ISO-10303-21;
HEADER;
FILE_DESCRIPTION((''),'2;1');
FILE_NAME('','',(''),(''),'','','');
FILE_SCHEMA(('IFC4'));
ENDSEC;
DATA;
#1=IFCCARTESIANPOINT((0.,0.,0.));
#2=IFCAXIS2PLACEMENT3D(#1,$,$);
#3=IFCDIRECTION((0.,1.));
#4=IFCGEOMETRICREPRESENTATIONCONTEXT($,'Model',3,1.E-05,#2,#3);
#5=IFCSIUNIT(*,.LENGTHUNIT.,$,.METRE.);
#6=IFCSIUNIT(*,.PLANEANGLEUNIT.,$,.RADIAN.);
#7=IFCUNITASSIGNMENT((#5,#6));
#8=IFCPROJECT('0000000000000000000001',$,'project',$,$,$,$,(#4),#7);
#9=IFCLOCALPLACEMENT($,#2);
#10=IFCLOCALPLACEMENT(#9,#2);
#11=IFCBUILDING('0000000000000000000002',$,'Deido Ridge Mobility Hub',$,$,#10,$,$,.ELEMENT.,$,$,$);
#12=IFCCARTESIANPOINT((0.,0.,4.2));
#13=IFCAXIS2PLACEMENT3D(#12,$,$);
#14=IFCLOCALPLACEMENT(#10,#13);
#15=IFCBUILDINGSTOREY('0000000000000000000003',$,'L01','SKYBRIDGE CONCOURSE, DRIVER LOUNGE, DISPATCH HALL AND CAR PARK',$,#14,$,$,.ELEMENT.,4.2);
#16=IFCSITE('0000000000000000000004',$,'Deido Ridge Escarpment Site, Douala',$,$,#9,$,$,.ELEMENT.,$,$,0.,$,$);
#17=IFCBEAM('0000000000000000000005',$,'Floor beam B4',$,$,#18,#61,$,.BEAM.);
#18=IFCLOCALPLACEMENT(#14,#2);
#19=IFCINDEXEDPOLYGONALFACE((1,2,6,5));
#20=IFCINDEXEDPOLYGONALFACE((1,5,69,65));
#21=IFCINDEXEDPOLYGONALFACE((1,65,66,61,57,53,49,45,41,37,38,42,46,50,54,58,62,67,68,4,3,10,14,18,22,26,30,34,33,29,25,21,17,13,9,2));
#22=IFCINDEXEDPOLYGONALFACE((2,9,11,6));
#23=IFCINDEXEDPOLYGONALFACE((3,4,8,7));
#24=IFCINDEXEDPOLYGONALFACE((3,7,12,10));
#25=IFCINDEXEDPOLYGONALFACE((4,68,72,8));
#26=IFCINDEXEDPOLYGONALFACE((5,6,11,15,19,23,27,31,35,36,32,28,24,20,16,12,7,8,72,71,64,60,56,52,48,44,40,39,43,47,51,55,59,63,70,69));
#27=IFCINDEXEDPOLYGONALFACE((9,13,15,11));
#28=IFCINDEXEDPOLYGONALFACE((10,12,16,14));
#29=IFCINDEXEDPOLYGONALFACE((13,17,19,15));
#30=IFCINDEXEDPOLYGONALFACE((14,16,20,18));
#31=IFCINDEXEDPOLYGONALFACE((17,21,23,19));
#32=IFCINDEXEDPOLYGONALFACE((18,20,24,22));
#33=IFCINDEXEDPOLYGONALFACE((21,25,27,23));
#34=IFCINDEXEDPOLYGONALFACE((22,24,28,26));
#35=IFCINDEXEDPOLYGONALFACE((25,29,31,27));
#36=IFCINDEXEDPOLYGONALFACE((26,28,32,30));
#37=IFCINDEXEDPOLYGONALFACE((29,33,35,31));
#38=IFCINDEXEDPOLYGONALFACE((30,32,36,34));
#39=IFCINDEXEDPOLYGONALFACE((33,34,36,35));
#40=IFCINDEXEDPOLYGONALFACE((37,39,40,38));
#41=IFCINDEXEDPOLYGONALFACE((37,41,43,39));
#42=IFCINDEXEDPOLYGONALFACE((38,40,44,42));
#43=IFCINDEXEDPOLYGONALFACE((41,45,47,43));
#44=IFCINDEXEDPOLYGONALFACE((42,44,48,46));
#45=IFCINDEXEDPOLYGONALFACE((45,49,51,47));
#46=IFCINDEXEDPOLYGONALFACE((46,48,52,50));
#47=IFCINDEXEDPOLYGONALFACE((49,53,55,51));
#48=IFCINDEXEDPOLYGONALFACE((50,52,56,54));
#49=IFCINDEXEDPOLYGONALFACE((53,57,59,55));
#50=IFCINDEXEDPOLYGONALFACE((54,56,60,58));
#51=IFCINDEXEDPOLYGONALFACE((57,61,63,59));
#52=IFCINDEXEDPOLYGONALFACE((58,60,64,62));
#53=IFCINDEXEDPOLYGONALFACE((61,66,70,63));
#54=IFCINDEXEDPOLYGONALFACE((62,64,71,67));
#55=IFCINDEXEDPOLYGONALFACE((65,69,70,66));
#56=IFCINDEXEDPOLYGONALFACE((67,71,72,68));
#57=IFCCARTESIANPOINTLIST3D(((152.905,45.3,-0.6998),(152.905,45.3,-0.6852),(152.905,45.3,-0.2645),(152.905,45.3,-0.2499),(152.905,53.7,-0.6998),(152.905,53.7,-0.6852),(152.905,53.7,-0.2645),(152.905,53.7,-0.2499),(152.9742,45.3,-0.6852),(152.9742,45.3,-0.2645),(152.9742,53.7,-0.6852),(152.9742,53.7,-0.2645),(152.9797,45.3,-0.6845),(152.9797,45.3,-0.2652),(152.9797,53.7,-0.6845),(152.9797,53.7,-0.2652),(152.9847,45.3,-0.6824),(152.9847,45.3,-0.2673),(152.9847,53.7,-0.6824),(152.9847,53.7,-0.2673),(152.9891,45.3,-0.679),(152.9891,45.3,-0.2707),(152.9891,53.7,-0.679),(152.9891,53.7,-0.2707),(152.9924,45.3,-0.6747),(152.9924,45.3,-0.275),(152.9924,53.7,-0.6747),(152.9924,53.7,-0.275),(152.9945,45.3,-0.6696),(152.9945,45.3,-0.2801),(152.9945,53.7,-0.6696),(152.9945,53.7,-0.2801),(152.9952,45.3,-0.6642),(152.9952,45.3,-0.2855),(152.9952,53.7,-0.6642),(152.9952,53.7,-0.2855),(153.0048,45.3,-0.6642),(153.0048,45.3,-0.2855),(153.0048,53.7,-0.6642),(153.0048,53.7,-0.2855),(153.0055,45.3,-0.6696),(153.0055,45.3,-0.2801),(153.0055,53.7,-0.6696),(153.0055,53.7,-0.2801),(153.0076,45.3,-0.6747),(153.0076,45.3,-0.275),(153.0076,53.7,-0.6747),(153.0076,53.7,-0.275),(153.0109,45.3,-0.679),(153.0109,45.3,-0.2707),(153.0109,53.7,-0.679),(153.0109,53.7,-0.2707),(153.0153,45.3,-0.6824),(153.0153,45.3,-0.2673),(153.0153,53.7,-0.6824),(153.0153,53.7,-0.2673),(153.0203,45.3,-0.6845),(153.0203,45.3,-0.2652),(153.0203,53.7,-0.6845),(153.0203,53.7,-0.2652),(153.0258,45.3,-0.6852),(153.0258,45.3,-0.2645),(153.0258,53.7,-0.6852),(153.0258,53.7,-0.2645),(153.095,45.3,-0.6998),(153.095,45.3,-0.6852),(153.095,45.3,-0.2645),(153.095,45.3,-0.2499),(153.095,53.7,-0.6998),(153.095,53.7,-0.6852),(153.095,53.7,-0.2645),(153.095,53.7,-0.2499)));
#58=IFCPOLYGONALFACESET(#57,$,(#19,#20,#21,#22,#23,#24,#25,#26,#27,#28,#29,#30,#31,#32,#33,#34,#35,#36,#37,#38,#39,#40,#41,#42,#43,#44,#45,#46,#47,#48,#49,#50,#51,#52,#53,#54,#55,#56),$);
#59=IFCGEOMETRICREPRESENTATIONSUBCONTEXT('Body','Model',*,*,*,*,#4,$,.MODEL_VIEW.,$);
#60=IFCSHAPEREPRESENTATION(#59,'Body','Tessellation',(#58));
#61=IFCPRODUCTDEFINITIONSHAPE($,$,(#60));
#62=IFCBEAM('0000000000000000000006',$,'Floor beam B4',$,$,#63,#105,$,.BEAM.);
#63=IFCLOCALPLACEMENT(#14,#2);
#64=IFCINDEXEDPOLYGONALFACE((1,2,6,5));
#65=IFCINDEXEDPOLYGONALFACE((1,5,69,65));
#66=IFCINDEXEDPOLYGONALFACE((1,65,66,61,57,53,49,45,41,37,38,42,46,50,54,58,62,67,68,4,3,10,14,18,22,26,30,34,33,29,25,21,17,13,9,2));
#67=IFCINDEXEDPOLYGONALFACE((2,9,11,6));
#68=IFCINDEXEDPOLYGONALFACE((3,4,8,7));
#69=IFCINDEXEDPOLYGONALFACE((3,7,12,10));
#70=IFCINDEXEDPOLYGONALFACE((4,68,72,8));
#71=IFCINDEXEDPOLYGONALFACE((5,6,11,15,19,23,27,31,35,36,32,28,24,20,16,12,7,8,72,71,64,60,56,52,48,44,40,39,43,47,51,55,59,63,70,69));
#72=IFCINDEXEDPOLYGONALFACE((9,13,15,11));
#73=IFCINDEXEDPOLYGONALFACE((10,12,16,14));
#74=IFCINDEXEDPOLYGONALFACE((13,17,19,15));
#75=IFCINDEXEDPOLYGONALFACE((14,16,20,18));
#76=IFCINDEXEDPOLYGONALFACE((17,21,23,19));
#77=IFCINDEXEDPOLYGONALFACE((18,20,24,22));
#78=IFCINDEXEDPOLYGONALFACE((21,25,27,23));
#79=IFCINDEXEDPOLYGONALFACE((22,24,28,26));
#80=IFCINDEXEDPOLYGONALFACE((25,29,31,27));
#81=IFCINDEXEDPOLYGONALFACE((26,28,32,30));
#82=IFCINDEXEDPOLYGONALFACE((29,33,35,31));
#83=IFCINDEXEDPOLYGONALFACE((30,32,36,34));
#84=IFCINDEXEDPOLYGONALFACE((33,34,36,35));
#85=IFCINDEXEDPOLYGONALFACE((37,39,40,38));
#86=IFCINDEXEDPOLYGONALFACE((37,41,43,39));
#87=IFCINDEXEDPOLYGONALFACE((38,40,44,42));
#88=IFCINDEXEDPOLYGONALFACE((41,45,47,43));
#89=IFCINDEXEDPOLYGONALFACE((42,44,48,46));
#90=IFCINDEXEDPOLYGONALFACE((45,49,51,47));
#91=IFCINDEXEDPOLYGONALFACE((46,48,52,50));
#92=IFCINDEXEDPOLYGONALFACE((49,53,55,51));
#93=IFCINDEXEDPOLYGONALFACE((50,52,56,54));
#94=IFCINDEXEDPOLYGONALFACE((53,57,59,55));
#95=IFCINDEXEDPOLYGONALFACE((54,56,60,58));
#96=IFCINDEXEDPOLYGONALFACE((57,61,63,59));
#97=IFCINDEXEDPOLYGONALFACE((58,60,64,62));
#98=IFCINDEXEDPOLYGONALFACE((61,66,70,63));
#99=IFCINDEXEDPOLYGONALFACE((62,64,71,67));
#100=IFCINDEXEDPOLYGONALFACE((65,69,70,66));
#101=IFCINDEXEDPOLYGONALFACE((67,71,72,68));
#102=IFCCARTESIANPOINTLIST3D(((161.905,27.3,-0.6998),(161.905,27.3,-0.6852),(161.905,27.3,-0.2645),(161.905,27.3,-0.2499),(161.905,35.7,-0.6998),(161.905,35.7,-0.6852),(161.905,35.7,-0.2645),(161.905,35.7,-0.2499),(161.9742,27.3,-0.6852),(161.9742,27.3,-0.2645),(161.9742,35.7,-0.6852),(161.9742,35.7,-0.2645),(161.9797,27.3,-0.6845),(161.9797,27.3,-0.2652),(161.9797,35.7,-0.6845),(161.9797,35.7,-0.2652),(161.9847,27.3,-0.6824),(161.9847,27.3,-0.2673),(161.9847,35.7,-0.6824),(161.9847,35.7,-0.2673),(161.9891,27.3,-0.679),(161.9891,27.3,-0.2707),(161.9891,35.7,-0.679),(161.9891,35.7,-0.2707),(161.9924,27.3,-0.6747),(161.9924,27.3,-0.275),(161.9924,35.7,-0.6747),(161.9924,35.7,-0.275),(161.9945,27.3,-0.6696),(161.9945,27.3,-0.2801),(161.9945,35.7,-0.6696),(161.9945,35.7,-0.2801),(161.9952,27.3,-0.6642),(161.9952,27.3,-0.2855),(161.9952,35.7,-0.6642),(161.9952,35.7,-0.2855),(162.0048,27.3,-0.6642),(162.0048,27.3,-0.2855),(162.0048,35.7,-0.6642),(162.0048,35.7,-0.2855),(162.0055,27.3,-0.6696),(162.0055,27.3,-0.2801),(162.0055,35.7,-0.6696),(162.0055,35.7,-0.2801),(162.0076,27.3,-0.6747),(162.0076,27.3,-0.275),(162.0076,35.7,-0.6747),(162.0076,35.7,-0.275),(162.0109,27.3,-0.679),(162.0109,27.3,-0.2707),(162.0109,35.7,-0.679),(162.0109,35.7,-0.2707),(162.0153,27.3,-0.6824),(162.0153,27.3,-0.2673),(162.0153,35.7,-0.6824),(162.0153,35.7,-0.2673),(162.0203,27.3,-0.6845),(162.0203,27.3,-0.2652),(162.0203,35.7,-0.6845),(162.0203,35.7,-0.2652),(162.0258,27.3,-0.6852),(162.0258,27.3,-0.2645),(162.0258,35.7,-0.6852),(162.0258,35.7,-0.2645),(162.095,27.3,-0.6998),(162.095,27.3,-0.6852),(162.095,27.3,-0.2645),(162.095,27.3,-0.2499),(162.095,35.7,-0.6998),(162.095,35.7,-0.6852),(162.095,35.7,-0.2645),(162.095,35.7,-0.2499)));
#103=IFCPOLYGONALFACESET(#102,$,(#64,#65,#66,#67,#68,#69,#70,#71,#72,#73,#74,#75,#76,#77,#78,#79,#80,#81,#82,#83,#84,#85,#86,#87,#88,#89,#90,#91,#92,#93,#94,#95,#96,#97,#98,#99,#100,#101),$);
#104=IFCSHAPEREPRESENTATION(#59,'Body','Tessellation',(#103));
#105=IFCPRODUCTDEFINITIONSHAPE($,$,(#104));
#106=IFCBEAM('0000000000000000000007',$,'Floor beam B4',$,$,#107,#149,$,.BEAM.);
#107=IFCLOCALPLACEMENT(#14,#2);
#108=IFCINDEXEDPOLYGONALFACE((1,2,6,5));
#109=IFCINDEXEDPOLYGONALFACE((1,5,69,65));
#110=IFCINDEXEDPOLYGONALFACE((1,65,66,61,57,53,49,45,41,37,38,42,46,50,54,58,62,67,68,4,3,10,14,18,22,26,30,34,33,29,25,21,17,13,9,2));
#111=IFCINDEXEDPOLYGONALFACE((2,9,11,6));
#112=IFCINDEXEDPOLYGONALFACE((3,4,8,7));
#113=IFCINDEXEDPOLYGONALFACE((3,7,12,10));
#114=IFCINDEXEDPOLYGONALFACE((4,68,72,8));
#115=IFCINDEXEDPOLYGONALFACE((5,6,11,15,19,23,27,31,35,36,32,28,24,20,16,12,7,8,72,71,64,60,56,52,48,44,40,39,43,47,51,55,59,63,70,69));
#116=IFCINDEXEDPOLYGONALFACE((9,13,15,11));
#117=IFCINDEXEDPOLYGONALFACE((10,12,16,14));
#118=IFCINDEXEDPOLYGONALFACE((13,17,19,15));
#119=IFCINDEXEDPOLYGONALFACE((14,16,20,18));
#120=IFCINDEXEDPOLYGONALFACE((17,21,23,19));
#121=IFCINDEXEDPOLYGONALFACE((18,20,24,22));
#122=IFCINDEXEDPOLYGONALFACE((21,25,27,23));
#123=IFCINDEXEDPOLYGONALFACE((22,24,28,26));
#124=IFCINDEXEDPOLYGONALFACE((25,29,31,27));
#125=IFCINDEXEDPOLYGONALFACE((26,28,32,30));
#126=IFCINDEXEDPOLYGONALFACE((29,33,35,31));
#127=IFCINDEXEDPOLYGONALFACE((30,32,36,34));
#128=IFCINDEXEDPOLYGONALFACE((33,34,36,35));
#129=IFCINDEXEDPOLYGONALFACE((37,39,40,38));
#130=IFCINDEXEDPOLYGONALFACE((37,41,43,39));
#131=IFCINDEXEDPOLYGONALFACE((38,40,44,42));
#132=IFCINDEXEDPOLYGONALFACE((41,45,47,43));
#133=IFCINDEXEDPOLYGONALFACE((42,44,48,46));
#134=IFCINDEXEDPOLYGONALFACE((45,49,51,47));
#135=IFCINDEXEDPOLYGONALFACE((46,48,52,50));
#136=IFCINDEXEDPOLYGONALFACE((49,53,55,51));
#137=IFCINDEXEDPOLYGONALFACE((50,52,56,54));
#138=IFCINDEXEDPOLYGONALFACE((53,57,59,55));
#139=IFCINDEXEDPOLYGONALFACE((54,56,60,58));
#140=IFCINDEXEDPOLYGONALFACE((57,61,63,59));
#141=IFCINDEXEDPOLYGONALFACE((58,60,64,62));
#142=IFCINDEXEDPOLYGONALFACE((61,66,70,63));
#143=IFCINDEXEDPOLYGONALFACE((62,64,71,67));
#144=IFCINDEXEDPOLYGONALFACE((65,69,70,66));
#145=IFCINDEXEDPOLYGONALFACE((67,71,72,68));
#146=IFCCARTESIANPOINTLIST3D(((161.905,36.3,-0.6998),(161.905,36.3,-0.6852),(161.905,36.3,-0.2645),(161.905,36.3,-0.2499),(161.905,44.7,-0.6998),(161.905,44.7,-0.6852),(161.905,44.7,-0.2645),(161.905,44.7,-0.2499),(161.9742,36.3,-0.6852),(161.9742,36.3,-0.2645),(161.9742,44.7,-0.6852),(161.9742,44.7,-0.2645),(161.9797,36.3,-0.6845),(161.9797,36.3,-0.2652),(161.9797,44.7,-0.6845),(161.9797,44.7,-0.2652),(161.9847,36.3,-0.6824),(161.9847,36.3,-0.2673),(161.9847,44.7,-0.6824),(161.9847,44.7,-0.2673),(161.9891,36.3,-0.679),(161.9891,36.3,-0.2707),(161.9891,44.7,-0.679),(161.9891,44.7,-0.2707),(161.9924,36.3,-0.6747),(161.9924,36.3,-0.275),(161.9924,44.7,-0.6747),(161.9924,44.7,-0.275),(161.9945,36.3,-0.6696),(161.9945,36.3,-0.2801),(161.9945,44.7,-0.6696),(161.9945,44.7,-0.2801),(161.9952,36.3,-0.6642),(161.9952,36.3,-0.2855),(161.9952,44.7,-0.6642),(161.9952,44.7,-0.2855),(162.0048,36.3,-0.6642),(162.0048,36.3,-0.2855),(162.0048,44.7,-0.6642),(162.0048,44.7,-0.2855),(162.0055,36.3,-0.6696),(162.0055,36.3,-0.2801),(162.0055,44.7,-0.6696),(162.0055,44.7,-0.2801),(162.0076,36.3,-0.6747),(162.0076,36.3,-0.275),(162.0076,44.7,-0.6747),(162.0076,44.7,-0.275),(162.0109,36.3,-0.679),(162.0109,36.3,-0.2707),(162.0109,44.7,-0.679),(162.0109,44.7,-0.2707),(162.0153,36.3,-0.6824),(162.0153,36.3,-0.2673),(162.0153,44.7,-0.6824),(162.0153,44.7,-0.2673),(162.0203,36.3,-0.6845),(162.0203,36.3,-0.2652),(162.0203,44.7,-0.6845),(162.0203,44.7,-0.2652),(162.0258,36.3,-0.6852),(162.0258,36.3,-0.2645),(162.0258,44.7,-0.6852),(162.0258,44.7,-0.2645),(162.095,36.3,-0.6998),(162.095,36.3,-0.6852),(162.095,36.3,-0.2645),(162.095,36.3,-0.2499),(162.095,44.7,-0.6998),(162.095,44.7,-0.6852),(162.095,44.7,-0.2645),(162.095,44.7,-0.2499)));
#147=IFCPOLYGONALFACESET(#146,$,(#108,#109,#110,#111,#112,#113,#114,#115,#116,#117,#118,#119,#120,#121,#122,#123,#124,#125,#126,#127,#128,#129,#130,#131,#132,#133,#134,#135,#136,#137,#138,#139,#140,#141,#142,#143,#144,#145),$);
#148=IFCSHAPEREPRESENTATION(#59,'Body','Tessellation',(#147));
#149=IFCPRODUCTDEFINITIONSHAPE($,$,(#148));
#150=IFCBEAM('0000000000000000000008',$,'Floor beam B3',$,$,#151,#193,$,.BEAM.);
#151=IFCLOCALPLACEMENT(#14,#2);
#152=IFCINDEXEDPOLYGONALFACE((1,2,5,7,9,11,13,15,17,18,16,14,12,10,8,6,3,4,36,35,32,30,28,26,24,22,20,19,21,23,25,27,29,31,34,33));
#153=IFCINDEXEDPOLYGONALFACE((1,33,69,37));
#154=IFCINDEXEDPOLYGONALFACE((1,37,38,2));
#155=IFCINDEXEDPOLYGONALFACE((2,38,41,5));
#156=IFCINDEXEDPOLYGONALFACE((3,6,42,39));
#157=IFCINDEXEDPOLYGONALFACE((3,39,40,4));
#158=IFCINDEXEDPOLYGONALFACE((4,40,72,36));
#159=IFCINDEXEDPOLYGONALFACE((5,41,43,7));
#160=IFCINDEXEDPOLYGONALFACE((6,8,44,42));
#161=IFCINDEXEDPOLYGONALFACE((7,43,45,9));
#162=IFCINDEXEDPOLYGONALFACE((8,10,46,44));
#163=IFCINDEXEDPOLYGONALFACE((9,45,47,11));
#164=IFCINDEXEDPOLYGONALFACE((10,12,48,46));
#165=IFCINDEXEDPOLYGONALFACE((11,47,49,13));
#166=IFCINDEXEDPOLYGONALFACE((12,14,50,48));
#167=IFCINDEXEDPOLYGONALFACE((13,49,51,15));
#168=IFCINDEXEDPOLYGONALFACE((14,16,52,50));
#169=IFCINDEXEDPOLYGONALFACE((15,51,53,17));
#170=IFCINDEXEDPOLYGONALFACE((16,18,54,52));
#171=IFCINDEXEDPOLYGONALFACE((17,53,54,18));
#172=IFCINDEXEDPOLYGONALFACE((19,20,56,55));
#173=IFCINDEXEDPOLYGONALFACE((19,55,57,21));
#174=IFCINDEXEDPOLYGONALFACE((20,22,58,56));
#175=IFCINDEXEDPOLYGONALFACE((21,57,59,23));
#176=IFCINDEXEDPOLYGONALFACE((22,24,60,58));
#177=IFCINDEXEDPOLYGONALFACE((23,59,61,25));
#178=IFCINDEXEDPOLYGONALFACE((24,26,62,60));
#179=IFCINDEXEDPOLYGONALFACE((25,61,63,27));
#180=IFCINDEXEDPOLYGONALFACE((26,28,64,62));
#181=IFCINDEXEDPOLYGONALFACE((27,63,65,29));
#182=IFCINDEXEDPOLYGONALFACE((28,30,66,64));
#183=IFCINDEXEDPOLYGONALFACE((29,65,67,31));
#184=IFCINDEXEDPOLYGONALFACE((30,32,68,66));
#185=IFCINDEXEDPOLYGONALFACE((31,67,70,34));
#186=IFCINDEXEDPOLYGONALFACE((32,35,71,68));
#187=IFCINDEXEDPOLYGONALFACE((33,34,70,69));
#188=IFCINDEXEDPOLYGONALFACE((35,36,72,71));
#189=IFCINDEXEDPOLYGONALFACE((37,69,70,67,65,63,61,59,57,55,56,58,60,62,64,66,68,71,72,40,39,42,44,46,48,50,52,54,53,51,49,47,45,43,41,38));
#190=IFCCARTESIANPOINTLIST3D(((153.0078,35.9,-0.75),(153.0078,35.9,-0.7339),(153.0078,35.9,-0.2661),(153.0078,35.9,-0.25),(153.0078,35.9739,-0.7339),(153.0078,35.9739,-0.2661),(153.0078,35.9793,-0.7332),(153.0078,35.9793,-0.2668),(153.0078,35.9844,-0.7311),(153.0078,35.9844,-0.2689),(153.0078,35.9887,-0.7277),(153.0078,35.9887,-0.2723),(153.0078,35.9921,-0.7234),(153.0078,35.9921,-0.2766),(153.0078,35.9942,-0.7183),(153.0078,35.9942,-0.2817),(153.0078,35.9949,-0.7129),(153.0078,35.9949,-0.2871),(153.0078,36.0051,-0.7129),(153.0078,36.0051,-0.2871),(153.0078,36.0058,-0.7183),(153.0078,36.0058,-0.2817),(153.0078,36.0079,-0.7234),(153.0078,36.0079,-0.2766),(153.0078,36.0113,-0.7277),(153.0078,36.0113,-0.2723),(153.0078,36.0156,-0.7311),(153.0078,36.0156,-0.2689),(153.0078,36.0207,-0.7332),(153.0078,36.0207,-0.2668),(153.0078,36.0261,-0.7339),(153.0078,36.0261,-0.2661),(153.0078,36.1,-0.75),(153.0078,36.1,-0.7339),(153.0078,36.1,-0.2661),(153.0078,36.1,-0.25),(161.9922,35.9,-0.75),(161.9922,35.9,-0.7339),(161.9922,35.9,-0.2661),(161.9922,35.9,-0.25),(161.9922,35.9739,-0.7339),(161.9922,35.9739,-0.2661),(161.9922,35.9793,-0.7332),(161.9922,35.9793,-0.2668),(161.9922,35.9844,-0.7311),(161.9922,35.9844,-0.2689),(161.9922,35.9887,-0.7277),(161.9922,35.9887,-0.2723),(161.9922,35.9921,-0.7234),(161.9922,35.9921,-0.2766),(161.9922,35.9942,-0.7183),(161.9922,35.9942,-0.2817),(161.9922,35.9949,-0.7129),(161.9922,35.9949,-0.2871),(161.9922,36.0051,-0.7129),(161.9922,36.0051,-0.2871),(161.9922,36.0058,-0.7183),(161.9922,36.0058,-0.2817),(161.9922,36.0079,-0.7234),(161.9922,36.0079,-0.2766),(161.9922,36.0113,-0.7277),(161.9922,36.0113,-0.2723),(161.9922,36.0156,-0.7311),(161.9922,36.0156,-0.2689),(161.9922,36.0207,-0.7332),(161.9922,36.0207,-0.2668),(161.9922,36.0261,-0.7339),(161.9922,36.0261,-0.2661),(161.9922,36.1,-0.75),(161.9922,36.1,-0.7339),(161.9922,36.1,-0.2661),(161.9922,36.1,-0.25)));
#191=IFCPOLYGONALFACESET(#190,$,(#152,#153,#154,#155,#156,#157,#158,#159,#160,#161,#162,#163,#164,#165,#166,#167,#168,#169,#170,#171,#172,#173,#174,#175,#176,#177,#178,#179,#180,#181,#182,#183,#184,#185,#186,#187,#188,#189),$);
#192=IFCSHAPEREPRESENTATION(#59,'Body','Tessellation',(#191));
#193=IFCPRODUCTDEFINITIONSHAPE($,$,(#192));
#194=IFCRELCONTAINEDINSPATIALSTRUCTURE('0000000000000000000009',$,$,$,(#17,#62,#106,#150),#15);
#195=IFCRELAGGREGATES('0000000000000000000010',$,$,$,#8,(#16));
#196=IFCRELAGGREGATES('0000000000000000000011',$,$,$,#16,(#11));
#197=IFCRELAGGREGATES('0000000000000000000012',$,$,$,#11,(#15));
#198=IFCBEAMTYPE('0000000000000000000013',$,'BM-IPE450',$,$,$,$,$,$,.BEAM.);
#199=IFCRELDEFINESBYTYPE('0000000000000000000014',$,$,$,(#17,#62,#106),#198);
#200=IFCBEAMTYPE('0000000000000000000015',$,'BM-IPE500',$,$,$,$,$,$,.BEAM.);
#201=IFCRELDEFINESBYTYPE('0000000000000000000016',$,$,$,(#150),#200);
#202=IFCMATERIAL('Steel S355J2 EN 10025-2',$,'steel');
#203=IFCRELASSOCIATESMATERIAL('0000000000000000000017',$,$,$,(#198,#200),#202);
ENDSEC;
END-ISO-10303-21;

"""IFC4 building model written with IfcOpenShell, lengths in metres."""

from ifc_helpers import new_model, si_unit, direction, frame, origin, origin_2d, place, context, subcontext, project, spatial, i_section, extrude, material, material_profile, profile_set, type_object, element, save


model = new_model("IFC4")

# Units and contexts
model_context = context("Model", 3, precision=1e-05, world=origin(), true_north=direction((0.0, 1.0)))
body_context = subcontext(model_context, "Body", "Model", "MODEL_VIEW")
ifc_project = project(units=[si_unit("LENGTHUNIT", "METRE"), si_unit("PLANEANGLEUNIT", "RADIAN")], contexts=[model_context])

# Site, building, storey
site_placement = place(None, origin())
site = spatial("IfcSite", under=ifc_project, at=site_placement, Name="Deido Ridge Escarpment Site, Douala", CompositionType="ELEMENT", RefElevation=0.0)
building_placement = place(site_placement, origin())
building = spatial("IfcBuilding", under=site, at=building_placement, Name="Deido Ridge Mobility Hub", CompositionType="ELEMENT")
storey_placement = place(building_placement, frame((0.0, 0.0, 4.2)))
storey = spatial("IfcBuildingStorey", under=building, at=storey_placement, Name="L01", Description="SKYBRIDGE CONCOURSE, DRIVER LOUNGE, DISPATCH HALL AND CAR PARK", CompositionType="ELEMENT", Elevation=4.2)

# Shared definitions
ifc_material_1 = material(Name="Steel S355J2 EN 10025-2", Category="steel")

# Beams
ifc_material_profile_1 = material_profile(ifc_material_1, i_section(OverallWidth=0.1899, OverallDepth=0.45, WebThickness=0.0095, FlangeThickness=0.0146, FilletRadius=0.021, at=origin_2d()), Name="IPE 450")
ifc_profile_set_1 = profile_set([ifc_material_profile_1], Name="Steel S355J2 EN 10025-2")
beam_type_1 = type_object("IfcBeamType", Name="BM-IPE450", PredefinedType="BEAM", material=ifc_profile_set_1)
for number, where, z_axis, x_axis, name in (
    (1, (153.0, 45.3, -0.4749), (0.0, 1.0, 0.0), (-1.0, 0.0, 0.0), "Floor beam B4"),
    (2, (162.0, 27.3, -0.4749), (0.0, 1.0, 0.0), (-1.0, 0.0, 0.0), "Floor beam B4"),
    (3, (162.0, 36.3, -0.4749), (0.0, 1.0, 0.0), (-1.0, 0.0, 0.0), "Floor beam B4"),
):
    element("IfcBeam", number, at=place(storey_placement, frame(where, z_axis=z_axis, x_axis=x_axis)), inside=storey, type_object=beam_type_1, Name=name, PredefinedType="BEAM", context=body_context, shape_type="SweptSolid", body=[
        extrude(i_section(OverallWidth=0.1899, OverallDepth=0.45, WebThickness=0.0095, FlangeThickness=0.0146, FilletRadius=0.021, at=origin_2d()), origin(), (0.0, 0.0, 1.0), 8.3999),
    ])
ifc_material_profile_2 = material_profile(ifc_material_1, i_section(OverallWidth=0.2, OverallDepth=0.5, WebThickness=0.0103, FlangeThickness=0.0161, FilletRadius=0.021, at=origin_2d()), Name="IPE 500")
ifc_profile_set_2 = profile_set([ifc_material_profile_2], Name="Steel S355J2 EN 10025-2")
beam_type_2 = type_object("IfcBeamType", Name="BM-IPE500", PredefinedType="BEAM", material=ifc_profile_set_2)
for number, where, z_axis, x_axis, name in (
    (4, (153.0078, 36.0, -0.5), (1.0, 0.0, 0.0), (0.0, 1.0, 0.0), "Floor beam B3"),
):
    element("IfcBeam", number, at=place(storey_placement, frame(where, z_axis=z_axis, x_axis=x_axis)), inside=storey, type_object=beam_type_2, Name=name, PredefinedType="BEAM", context=body_context, shape_type="SweptSolid", body=[
        extrude(i_section(OverallWidth=0.2, OverallDepth=0.5, WebThickness=0.0103, FlangeThickness=0.0161, FilletRadius=0.021, at=origin_2d()), origin(), (0.0, 0.0, 1.0), 8.9844),
    ])

save(model, "model.ifc")
